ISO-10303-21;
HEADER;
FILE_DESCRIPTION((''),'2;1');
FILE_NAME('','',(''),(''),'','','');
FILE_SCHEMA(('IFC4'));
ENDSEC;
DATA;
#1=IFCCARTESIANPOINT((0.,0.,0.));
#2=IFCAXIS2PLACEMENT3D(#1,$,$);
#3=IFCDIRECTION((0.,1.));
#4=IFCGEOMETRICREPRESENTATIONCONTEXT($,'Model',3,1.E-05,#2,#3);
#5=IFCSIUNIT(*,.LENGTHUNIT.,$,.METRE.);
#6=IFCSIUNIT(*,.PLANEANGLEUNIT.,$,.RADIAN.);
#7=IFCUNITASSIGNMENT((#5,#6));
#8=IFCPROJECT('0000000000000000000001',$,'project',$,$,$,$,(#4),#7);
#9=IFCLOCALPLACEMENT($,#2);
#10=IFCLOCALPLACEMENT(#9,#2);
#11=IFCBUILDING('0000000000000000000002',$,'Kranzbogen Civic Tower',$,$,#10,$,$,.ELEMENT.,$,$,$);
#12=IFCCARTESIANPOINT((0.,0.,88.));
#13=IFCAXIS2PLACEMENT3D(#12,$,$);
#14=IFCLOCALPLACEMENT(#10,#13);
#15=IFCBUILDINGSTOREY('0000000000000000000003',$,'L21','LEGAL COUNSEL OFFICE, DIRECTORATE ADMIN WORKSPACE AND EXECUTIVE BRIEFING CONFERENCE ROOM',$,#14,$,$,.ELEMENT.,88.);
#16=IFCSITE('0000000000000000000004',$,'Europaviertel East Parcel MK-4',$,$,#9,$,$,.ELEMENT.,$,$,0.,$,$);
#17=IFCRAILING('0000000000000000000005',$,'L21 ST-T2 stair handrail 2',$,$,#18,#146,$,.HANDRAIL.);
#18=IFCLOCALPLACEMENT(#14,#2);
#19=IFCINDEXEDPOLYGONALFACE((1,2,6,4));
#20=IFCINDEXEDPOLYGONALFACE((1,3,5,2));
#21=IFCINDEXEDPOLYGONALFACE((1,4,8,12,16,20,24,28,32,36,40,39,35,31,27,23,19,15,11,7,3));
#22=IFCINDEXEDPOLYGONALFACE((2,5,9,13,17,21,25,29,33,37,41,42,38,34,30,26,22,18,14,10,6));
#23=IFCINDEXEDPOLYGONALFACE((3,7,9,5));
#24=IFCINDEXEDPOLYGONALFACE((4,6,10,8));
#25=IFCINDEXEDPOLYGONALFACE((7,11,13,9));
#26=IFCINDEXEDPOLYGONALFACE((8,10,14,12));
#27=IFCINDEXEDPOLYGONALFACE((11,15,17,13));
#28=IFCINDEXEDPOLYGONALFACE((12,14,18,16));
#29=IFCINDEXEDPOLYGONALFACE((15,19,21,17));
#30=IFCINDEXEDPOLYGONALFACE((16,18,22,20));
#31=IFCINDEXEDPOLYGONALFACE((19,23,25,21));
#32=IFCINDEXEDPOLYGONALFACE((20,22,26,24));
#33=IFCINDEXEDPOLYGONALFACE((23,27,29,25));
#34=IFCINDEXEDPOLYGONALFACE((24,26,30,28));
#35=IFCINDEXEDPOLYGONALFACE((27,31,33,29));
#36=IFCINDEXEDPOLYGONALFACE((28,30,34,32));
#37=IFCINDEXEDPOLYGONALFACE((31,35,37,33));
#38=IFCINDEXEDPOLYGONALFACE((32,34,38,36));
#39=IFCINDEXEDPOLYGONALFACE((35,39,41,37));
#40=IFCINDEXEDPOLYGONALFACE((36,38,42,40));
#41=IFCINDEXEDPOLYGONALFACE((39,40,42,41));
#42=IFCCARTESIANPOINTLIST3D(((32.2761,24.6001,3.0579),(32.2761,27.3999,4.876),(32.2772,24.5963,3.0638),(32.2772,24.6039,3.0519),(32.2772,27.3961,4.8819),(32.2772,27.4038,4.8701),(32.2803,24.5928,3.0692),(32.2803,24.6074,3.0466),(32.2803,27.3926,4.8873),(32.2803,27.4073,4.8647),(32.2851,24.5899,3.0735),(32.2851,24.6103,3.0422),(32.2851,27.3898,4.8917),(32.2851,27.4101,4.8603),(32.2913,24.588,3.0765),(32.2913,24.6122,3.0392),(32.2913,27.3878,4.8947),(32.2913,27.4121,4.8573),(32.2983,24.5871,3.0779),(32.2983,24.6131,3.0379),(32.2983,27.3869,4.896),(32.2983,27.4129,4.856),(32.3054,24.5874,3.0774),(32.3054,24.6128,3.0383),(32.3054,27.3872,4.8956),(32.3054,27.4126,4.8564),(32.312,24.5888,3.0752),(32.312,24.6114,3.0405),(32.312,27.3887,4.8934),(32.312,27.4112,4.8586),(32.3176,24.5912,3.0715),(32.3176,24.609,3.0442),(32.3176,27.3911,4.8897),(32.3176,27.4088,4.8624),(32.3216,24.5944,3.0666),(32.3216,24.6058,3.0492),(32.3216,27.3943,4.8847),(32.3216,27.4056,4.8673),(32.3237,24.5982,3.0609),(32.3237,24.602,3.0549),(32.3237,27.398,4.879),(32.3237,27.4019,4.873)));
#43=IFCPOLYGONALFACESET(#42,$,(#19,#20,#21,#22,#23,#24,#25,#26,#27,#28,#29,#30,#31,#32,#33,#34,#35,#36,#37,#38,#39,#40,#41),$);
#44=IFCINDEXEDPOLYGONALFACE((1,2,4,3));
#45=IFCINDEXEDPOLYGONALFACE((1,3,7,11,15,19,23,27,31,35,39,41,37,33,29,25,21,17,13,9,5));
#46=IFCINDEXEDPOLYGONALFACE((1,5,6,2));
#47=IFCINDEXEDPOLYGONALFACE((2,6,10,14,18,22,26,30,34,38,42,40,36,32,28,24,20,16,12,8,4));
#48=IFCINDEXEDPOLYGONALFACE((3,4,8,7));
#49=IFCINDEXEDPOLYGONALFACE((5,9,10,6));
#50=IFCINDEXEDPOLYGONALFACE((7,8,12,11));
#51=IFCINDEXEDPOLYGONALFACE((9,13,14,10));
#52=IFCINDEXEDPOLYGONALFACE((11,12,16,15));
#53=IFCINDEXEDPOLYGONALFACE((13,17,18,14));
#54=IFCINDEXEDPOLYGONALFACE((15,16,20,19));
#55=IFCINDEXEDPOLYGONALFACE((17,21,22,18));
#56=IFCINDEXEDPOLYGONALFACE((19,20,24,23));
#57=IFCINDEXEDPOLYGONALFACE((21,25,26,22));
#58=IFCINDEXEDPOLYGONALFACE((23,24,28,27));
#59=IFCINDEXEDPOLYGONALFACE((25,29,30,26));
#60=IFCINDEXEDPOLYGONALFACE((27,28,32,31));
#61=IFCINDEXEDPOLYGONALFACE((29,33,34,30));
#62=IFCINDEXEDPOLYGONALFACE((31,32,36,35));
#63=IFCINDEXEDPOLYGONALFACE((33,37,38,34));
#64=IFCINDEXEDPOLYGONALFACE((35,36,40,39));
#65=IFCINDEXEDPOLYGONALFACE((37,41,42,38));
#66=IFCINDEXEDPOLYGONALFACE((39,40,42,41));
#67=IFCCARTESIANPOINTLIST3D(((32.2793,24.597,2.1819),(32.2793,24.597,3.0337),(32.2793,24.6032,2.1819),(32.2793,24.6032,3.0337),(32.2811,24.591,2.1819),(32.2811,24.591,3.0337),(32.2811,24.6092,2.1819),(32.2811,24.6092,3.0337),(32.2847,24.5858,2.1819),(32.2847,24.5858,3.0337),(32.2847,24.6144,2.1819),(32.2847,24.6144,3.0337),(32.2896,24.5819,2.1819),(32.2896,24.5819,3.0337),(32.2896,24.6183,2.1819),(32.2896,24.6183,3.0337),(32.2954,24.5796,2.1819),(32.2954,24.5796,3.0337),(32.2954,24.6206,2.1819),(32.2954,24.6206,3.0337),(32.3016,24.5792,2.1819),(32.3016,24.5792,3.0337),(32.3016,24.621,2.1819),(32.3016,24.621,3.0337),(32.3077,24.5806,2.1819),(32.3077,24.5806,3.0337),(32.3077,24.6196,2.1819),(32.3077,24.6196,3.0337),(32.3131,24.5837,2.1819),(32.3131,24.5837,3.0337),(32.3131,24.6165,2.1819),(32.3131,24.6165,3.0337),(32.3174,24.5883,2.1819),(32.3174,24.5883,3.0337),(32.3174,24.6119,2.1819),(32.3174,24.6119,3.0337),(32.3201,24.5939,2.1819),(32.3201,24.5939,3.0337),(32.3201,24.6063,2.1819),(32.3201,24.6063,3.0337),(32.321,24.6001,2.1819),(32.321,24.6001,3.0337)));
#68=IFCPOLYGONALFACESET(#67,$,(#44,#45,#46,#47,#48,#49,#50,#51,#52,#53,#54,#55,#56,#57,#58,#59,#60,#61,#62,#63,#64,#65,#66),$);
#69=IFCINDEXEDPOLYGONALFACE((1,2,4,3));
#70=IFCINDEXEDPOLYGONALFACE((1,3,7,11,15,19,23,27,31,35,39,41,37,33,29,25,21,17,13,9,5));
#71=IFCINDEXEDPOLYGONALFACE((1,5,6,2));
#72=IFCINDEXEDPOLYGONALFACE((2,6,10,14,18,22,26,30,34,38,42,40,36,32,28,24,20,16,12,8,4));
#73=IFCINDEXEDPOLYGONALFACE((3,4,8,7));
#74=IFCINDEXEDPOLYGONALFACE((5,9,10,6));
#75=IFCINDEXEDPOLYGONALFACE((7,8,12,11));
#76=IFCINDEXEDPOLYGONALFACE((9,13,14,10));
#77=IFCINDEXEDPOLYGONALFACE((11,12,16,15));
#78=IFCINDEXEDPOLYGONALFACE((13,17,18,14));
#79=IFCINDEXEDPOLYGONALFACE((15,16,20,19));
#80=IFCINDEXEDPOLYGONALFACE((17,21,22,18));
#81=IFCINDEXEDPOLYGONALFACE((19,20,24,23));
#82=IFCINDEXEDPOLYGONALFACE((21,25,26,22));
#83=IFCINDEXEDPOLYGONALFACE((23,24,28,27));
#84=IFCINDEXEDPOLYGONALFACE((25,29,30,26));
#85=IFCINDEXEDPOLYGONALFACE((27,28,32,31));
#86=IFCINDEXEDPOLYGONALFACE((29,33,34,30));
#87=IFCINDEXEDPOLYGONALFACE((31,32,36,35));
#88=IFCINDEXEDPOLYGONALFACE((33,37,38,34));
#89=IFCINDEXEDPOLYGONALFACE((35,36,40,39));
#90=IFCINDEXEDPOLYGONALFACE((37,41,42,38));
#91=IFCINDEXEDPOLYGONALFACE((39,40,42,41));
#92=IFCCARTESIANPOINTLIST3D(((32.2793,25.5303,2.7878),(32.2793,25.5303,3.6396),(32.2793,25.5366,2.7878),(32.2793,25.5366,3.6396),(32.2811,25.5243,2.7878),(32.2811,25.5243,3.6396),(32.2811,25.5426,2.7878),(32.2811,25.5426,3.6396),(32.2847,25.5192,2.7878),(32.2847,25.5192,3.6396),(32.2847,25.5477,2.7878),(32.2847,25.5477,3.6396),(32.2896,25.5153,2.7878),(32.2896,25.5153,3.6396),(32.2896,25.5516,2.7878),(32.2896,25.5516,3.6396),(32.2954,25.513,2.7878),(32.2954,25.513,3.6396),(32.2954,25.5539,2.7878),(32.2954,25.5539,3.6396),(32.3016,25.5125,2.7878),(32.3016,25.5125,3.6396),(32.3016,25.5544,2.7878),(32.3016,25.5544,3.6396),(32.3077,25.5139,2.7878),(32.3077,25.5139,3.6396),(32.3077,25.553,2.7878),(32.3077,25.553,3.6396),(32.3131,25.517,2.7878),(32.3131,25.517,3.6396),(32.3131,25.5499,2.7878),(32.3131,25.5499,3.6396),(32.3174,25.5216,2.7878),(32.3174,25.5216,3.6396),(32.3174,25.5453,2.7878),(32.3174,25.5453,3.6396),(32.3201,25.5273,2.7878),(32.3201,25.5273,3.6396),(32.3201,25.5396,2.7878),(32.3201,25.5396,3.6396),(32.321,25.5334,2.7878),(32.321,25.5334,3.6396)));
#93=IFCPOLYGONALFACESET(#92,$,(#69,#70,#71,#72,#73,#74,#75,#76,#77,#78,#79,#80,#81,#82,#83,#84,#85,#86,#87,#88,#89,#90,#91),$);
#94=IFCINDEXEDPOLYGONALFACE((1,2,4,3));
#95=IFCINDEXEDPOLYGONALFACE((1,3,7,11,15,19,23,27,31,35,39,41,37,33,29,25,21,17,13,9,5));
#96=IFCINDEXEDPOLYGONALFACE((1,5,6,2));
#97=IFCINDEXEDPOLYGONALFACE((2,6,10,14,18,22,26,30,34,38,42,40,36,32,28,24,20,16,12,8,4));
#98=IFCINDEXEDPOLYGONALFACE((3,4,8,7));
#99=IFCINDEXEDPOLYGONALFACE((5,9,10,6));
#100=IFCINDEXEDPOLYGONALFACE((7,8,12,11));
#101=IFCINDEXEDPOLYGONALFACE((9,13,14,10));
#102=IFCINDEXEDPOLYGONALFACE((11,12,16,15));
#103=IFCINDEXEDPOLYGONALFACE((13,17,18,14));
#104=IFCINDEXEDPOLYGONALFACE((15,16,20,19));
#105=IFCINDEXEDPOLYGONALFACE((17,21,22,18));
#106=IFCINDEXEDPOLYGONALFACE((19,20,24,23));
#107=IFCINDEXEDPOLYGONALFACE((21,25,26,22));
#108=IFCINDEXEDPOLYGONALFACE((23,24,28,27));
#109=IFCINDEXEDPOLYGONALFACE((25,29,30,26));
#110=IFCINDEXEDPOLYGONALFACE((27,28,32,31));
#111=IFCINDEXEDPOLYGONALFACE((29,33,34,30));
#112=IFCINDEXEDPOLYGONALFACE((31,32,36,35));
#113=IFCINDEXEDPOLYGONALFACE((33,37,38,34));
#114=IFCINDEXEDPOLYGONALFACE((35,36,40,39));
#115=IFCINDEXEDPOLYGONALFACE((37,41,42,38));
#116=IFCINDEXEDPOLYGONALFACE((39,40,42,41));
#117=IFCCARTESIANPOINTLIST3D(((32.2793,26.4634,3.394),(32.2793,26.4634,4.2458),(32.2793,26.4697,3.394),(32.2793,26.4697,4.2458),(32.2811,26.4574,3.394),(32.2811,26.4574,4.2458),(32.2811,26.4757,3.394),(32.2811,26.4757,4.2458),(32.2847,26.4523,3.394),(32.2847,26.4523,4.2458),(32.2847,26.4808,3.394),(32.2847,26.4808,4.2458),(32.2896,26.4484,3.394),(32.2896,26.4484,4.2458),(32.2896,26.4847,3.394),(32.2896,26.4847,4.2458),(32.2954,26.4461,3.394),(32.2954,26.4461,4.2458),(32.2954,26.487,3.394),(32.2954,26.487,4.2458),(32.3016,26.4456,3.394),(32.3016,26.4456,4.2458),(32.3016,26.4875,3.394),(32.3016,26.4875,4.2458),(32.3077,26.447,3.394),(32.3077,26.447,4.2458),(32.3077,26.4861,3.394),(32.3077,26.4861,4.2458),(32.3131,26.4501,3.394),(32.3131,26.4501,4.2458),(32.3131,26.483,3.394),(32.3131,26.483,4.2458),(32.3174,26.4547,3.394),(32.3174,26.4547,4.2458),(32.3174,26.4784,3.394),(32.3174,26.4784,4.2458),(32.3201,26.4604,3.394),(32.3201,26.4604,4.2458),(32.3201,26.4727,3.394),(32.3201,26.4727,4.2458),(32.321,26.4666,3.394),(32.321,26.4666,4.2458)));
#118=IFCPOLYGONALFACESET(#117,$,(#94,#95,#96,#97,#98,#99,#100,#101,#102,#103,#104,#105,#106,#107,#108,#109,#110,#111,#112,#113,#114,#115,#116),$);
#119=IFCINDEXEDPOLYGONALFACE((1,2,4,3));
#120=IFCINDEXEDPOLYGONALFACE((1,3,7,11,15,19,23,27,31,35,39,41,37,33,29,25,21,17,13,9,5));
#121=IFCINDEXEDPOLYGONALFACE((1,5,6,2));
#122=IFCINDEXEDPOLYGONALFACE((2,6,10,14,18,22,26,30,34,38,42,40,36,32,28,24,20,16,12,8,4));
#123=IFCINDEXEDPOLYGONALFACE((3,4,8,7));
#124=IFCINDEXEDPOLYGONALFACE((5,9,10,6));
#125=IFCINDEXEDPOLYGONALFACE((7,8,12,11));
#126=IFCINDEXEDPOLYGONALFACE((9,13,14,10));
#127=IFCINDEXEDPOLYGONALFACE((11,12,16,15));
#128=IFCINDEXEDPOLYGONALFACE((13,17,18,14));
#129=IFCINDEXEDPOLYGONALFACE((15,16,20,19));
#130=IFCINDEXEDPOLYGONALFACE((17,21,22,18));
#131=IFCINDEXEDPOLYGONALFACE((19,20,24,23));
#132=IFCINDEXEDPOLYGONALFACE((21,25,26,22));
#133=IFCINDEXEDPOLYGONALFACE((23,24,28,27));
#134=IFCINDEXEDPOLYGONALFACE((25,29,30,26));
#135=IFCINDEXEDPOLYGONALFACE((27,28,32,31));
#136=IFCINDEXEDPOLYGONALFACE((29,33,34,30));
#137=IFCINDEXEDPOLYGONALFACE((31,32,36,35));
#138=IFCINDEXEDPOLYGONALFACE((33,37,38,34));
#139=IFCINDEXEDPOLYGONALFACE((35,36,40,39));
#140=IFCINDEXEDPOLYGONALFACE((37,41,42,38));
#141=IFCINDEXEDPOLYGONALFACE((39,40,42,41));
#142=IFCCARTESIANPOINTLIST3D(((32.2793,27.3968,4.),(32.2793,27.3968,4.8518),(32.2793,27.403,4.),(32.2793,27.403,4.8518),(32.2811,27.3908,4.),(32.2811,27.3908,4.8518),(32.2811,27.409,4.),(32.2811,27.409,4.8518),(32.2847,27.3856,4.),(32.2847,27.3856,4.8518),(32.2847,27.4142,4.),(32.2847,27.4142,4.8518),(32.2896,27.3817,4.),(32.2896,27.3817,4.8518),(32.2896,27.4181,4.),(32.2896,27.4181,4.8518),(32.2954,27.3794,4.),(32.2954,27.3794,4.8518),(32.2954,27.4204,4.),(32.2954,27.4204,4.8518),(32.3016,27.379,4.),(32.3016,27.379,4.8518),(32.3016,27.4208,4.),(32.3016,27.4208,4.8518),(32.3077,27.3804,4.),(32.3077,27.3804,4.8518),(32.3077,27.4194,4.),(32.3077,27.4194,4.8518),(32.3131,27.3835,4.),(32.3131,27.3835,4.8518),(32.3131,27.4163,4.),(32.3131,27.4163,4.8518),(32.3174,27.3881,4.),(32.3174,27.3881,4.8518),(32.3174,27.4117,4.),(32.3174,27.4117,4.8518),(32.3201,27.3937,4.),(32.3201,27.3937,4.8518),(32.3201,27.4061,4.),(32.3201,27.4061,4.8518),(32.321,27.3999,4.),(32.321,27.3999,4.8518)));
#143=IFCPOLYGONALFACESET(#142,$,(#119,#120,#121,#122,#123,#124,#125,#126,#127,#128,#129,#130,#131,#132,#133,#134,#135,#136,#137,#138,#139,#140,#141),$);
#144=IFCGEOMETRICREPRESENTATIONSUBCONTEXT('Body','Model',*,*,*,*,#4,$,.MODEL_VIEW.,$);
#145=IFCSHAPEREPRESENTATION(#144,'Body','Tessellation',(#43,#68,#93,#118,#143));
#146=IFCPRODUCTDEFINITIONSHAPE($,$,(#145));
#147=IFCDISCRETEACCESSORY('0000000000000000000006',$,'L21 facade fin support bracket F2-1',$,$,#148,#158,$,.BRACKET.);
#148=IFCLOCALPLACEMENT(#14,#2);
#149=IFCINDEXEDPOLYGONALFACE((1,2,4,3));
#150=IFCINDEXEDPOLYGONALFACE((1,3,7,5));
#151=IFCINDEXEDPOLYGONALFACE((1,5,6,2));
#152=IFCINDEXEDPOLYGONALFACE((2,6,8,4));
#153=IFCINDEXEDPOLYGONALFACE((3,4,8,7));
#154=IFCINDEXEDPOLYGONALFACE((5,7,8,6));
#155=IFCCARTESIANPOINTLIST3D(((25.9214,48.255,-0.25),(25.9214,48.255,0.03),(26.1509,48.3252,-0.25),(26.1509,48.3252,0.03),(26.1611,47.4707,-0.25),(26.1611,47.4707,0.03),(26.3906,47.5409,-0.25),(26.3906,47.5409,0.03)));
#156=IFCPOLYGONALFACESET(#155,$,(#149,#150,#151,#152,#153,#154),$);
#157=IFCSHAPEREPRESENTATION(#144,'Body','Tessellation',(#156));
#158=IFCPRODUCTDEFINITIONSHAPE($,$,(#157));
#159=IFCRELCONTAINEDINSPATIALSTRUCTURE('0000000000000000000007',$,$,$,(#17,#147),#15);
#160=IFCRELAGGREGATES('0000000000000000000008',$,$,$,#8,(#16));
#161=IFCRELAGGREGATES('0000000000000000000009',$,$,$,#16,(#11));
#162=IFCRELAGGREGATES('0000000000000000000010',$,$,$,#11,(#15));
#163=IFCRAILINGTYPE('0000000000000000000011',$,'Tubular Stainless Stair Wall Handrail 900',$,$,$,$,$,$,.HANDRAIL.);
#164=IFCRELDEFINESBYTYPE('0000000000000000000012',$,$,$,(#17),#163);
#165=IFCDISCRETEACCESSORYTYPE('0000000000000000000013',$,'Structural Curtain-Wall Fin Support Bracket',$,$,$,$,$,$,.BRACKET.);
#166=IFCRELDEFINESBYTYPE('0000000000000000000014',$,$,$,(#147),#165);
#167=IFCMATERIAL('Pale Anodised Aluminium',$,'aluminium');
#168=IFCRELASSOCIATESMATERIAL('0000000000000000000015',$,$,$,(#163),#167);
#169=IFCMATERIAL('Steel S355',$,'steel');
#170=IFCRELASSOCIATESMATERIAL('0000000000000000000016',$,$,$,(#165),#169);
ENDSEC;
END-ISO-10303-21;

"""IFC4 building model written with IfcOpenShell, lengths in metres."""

from ifc_helpers import new_model, si_unit, direction, frame, origin, origin_2d, place, context, subcontext, project, spatial, rectangle, circle, extrude, material, type_object, element, save


model = new_model("IFC4")

# Units and contexts
model_context = context("Model", 3, precision=1e-05, world=origin(), true_north=direction((0.0, 1.0)))
body_context = subcontext(model_context, "Body", "Model", "MODEL_VIEW")
ifc_project = project(units=[si_unit("LENGTHUNIT", "METRE"), si_unit("PLANEANGLEUNIT", "RADIAN")], contexts=[model_context])

# Site, building, storey
site_placement = place(None, origin())
site = spatial("IfcSite", under=ifc_project, at=site_placement, Name="Europaviertel East Parcel MK-4", CompositionType="ELEMENT", RefElevation=0.0)
building_placement = place(site_placement, origin())
building = spatial("IfcBuilding", under=site, at=building_placement, Name="Kranzbogen Civic Tower", CompositionType="ELEMENT")
storey_placement = place(building_placement, frame((0.0, 0.0, 88.0)))
storey = spatial("IfcBuildingStorey", under=building, at=storey_placement, Name="L21", Description="LEGAL COUNSEL OFFICE, DIRECTORATE ADMIN WORKSPACE AND EXECUTIVE BRIEFING CONFERENCE ROOM", CompositionType="ELEMENT", Elevation=88.0)

# Shared definitions
ifc_material_1 = material(Name="Steel S355", Category="steel")

# Shared definitions
ifc_material_2 = material(Name="Pale Anodised Aluminium", Category="aluminium")

# Railing
railing_type_1 = type_object("IfcRailingType", Name="Tubular Stainless Stair Wall Handrail 900", PredefinedType="HANDRAIL", material=ifc_material_2)
railing_1_placement = place(storey_placement, frame((32.3, 24.6001, 2.1819)))
element("IfcRailing", 1, at=railing_1_placement, inside=storey, type_object=railing_type_1, Name="L21 ST-T2 stair handrail 2", PredefinedType="HANDRAIL", context=body_context, shape_type="SweptSolid", body=[
    extrude(circle(Radius=0.0239, at=origin_2d()), frame((0.0, 0.0, 0.876), z_axis=(0.0, 0.838684, 0.544618), x_axis=(-1.0, 0.0, 0.0)), (0.0, 0.0, 1.0), 3.3384),
    extrude(circle(Radius=0.021, at=origin_2d()), origin(), (0.0, 0.0, 1.0), 0.8518),
    extrude(circle(Radius=0.021, at=origin_2d()), frame((0.0, 0.9333, 0.606)), (0.0, 0.0, 1.0), 0.8518),
    extrude(circle(Radius=0.021, at=origin_2d()), frame((0.0, 1.8665, 1.2122)), (0.0, 0.0, 1.0), 0.8518),
    extrude(circle(Radius=0.021, at=origin_2d()), frame((0.0, 2.7998, 1.8181)), (0.0, 0.0, 1.0), 0.8518),
])

# Discrete accessory
discrete_accessory_type = type_object("IfcDiscreteAccessoryType", Name="Structural Curtain-Wall Fin Support Bracket", PredefinedType="BRACKET", material=ifc_material_1)
discrete_accessory_placement = place(storey_placement, frame((26.156, 47.8979, -0.25), z_axis=(0.0, 0.0, 1.0), x_axis=(-0.292372, 0.956305, 0.0)))
element("IfcDiscreteAccessory", 2, at=discrete_accessory_placement, inside=storey, type_object=discrete_accessory_type, Name="L21 facade fin support bracket F2-1", PredefinedType="BRACKET", context=body_context, shape_type="SweptSolid", body=[
    extrude(rectangle(XDim=0.8201, YDim=0.24, at=origin_2d()), origin(), (0.0, 0.0, 1.0), 0.28),
])

save(model, "model.ifc")
